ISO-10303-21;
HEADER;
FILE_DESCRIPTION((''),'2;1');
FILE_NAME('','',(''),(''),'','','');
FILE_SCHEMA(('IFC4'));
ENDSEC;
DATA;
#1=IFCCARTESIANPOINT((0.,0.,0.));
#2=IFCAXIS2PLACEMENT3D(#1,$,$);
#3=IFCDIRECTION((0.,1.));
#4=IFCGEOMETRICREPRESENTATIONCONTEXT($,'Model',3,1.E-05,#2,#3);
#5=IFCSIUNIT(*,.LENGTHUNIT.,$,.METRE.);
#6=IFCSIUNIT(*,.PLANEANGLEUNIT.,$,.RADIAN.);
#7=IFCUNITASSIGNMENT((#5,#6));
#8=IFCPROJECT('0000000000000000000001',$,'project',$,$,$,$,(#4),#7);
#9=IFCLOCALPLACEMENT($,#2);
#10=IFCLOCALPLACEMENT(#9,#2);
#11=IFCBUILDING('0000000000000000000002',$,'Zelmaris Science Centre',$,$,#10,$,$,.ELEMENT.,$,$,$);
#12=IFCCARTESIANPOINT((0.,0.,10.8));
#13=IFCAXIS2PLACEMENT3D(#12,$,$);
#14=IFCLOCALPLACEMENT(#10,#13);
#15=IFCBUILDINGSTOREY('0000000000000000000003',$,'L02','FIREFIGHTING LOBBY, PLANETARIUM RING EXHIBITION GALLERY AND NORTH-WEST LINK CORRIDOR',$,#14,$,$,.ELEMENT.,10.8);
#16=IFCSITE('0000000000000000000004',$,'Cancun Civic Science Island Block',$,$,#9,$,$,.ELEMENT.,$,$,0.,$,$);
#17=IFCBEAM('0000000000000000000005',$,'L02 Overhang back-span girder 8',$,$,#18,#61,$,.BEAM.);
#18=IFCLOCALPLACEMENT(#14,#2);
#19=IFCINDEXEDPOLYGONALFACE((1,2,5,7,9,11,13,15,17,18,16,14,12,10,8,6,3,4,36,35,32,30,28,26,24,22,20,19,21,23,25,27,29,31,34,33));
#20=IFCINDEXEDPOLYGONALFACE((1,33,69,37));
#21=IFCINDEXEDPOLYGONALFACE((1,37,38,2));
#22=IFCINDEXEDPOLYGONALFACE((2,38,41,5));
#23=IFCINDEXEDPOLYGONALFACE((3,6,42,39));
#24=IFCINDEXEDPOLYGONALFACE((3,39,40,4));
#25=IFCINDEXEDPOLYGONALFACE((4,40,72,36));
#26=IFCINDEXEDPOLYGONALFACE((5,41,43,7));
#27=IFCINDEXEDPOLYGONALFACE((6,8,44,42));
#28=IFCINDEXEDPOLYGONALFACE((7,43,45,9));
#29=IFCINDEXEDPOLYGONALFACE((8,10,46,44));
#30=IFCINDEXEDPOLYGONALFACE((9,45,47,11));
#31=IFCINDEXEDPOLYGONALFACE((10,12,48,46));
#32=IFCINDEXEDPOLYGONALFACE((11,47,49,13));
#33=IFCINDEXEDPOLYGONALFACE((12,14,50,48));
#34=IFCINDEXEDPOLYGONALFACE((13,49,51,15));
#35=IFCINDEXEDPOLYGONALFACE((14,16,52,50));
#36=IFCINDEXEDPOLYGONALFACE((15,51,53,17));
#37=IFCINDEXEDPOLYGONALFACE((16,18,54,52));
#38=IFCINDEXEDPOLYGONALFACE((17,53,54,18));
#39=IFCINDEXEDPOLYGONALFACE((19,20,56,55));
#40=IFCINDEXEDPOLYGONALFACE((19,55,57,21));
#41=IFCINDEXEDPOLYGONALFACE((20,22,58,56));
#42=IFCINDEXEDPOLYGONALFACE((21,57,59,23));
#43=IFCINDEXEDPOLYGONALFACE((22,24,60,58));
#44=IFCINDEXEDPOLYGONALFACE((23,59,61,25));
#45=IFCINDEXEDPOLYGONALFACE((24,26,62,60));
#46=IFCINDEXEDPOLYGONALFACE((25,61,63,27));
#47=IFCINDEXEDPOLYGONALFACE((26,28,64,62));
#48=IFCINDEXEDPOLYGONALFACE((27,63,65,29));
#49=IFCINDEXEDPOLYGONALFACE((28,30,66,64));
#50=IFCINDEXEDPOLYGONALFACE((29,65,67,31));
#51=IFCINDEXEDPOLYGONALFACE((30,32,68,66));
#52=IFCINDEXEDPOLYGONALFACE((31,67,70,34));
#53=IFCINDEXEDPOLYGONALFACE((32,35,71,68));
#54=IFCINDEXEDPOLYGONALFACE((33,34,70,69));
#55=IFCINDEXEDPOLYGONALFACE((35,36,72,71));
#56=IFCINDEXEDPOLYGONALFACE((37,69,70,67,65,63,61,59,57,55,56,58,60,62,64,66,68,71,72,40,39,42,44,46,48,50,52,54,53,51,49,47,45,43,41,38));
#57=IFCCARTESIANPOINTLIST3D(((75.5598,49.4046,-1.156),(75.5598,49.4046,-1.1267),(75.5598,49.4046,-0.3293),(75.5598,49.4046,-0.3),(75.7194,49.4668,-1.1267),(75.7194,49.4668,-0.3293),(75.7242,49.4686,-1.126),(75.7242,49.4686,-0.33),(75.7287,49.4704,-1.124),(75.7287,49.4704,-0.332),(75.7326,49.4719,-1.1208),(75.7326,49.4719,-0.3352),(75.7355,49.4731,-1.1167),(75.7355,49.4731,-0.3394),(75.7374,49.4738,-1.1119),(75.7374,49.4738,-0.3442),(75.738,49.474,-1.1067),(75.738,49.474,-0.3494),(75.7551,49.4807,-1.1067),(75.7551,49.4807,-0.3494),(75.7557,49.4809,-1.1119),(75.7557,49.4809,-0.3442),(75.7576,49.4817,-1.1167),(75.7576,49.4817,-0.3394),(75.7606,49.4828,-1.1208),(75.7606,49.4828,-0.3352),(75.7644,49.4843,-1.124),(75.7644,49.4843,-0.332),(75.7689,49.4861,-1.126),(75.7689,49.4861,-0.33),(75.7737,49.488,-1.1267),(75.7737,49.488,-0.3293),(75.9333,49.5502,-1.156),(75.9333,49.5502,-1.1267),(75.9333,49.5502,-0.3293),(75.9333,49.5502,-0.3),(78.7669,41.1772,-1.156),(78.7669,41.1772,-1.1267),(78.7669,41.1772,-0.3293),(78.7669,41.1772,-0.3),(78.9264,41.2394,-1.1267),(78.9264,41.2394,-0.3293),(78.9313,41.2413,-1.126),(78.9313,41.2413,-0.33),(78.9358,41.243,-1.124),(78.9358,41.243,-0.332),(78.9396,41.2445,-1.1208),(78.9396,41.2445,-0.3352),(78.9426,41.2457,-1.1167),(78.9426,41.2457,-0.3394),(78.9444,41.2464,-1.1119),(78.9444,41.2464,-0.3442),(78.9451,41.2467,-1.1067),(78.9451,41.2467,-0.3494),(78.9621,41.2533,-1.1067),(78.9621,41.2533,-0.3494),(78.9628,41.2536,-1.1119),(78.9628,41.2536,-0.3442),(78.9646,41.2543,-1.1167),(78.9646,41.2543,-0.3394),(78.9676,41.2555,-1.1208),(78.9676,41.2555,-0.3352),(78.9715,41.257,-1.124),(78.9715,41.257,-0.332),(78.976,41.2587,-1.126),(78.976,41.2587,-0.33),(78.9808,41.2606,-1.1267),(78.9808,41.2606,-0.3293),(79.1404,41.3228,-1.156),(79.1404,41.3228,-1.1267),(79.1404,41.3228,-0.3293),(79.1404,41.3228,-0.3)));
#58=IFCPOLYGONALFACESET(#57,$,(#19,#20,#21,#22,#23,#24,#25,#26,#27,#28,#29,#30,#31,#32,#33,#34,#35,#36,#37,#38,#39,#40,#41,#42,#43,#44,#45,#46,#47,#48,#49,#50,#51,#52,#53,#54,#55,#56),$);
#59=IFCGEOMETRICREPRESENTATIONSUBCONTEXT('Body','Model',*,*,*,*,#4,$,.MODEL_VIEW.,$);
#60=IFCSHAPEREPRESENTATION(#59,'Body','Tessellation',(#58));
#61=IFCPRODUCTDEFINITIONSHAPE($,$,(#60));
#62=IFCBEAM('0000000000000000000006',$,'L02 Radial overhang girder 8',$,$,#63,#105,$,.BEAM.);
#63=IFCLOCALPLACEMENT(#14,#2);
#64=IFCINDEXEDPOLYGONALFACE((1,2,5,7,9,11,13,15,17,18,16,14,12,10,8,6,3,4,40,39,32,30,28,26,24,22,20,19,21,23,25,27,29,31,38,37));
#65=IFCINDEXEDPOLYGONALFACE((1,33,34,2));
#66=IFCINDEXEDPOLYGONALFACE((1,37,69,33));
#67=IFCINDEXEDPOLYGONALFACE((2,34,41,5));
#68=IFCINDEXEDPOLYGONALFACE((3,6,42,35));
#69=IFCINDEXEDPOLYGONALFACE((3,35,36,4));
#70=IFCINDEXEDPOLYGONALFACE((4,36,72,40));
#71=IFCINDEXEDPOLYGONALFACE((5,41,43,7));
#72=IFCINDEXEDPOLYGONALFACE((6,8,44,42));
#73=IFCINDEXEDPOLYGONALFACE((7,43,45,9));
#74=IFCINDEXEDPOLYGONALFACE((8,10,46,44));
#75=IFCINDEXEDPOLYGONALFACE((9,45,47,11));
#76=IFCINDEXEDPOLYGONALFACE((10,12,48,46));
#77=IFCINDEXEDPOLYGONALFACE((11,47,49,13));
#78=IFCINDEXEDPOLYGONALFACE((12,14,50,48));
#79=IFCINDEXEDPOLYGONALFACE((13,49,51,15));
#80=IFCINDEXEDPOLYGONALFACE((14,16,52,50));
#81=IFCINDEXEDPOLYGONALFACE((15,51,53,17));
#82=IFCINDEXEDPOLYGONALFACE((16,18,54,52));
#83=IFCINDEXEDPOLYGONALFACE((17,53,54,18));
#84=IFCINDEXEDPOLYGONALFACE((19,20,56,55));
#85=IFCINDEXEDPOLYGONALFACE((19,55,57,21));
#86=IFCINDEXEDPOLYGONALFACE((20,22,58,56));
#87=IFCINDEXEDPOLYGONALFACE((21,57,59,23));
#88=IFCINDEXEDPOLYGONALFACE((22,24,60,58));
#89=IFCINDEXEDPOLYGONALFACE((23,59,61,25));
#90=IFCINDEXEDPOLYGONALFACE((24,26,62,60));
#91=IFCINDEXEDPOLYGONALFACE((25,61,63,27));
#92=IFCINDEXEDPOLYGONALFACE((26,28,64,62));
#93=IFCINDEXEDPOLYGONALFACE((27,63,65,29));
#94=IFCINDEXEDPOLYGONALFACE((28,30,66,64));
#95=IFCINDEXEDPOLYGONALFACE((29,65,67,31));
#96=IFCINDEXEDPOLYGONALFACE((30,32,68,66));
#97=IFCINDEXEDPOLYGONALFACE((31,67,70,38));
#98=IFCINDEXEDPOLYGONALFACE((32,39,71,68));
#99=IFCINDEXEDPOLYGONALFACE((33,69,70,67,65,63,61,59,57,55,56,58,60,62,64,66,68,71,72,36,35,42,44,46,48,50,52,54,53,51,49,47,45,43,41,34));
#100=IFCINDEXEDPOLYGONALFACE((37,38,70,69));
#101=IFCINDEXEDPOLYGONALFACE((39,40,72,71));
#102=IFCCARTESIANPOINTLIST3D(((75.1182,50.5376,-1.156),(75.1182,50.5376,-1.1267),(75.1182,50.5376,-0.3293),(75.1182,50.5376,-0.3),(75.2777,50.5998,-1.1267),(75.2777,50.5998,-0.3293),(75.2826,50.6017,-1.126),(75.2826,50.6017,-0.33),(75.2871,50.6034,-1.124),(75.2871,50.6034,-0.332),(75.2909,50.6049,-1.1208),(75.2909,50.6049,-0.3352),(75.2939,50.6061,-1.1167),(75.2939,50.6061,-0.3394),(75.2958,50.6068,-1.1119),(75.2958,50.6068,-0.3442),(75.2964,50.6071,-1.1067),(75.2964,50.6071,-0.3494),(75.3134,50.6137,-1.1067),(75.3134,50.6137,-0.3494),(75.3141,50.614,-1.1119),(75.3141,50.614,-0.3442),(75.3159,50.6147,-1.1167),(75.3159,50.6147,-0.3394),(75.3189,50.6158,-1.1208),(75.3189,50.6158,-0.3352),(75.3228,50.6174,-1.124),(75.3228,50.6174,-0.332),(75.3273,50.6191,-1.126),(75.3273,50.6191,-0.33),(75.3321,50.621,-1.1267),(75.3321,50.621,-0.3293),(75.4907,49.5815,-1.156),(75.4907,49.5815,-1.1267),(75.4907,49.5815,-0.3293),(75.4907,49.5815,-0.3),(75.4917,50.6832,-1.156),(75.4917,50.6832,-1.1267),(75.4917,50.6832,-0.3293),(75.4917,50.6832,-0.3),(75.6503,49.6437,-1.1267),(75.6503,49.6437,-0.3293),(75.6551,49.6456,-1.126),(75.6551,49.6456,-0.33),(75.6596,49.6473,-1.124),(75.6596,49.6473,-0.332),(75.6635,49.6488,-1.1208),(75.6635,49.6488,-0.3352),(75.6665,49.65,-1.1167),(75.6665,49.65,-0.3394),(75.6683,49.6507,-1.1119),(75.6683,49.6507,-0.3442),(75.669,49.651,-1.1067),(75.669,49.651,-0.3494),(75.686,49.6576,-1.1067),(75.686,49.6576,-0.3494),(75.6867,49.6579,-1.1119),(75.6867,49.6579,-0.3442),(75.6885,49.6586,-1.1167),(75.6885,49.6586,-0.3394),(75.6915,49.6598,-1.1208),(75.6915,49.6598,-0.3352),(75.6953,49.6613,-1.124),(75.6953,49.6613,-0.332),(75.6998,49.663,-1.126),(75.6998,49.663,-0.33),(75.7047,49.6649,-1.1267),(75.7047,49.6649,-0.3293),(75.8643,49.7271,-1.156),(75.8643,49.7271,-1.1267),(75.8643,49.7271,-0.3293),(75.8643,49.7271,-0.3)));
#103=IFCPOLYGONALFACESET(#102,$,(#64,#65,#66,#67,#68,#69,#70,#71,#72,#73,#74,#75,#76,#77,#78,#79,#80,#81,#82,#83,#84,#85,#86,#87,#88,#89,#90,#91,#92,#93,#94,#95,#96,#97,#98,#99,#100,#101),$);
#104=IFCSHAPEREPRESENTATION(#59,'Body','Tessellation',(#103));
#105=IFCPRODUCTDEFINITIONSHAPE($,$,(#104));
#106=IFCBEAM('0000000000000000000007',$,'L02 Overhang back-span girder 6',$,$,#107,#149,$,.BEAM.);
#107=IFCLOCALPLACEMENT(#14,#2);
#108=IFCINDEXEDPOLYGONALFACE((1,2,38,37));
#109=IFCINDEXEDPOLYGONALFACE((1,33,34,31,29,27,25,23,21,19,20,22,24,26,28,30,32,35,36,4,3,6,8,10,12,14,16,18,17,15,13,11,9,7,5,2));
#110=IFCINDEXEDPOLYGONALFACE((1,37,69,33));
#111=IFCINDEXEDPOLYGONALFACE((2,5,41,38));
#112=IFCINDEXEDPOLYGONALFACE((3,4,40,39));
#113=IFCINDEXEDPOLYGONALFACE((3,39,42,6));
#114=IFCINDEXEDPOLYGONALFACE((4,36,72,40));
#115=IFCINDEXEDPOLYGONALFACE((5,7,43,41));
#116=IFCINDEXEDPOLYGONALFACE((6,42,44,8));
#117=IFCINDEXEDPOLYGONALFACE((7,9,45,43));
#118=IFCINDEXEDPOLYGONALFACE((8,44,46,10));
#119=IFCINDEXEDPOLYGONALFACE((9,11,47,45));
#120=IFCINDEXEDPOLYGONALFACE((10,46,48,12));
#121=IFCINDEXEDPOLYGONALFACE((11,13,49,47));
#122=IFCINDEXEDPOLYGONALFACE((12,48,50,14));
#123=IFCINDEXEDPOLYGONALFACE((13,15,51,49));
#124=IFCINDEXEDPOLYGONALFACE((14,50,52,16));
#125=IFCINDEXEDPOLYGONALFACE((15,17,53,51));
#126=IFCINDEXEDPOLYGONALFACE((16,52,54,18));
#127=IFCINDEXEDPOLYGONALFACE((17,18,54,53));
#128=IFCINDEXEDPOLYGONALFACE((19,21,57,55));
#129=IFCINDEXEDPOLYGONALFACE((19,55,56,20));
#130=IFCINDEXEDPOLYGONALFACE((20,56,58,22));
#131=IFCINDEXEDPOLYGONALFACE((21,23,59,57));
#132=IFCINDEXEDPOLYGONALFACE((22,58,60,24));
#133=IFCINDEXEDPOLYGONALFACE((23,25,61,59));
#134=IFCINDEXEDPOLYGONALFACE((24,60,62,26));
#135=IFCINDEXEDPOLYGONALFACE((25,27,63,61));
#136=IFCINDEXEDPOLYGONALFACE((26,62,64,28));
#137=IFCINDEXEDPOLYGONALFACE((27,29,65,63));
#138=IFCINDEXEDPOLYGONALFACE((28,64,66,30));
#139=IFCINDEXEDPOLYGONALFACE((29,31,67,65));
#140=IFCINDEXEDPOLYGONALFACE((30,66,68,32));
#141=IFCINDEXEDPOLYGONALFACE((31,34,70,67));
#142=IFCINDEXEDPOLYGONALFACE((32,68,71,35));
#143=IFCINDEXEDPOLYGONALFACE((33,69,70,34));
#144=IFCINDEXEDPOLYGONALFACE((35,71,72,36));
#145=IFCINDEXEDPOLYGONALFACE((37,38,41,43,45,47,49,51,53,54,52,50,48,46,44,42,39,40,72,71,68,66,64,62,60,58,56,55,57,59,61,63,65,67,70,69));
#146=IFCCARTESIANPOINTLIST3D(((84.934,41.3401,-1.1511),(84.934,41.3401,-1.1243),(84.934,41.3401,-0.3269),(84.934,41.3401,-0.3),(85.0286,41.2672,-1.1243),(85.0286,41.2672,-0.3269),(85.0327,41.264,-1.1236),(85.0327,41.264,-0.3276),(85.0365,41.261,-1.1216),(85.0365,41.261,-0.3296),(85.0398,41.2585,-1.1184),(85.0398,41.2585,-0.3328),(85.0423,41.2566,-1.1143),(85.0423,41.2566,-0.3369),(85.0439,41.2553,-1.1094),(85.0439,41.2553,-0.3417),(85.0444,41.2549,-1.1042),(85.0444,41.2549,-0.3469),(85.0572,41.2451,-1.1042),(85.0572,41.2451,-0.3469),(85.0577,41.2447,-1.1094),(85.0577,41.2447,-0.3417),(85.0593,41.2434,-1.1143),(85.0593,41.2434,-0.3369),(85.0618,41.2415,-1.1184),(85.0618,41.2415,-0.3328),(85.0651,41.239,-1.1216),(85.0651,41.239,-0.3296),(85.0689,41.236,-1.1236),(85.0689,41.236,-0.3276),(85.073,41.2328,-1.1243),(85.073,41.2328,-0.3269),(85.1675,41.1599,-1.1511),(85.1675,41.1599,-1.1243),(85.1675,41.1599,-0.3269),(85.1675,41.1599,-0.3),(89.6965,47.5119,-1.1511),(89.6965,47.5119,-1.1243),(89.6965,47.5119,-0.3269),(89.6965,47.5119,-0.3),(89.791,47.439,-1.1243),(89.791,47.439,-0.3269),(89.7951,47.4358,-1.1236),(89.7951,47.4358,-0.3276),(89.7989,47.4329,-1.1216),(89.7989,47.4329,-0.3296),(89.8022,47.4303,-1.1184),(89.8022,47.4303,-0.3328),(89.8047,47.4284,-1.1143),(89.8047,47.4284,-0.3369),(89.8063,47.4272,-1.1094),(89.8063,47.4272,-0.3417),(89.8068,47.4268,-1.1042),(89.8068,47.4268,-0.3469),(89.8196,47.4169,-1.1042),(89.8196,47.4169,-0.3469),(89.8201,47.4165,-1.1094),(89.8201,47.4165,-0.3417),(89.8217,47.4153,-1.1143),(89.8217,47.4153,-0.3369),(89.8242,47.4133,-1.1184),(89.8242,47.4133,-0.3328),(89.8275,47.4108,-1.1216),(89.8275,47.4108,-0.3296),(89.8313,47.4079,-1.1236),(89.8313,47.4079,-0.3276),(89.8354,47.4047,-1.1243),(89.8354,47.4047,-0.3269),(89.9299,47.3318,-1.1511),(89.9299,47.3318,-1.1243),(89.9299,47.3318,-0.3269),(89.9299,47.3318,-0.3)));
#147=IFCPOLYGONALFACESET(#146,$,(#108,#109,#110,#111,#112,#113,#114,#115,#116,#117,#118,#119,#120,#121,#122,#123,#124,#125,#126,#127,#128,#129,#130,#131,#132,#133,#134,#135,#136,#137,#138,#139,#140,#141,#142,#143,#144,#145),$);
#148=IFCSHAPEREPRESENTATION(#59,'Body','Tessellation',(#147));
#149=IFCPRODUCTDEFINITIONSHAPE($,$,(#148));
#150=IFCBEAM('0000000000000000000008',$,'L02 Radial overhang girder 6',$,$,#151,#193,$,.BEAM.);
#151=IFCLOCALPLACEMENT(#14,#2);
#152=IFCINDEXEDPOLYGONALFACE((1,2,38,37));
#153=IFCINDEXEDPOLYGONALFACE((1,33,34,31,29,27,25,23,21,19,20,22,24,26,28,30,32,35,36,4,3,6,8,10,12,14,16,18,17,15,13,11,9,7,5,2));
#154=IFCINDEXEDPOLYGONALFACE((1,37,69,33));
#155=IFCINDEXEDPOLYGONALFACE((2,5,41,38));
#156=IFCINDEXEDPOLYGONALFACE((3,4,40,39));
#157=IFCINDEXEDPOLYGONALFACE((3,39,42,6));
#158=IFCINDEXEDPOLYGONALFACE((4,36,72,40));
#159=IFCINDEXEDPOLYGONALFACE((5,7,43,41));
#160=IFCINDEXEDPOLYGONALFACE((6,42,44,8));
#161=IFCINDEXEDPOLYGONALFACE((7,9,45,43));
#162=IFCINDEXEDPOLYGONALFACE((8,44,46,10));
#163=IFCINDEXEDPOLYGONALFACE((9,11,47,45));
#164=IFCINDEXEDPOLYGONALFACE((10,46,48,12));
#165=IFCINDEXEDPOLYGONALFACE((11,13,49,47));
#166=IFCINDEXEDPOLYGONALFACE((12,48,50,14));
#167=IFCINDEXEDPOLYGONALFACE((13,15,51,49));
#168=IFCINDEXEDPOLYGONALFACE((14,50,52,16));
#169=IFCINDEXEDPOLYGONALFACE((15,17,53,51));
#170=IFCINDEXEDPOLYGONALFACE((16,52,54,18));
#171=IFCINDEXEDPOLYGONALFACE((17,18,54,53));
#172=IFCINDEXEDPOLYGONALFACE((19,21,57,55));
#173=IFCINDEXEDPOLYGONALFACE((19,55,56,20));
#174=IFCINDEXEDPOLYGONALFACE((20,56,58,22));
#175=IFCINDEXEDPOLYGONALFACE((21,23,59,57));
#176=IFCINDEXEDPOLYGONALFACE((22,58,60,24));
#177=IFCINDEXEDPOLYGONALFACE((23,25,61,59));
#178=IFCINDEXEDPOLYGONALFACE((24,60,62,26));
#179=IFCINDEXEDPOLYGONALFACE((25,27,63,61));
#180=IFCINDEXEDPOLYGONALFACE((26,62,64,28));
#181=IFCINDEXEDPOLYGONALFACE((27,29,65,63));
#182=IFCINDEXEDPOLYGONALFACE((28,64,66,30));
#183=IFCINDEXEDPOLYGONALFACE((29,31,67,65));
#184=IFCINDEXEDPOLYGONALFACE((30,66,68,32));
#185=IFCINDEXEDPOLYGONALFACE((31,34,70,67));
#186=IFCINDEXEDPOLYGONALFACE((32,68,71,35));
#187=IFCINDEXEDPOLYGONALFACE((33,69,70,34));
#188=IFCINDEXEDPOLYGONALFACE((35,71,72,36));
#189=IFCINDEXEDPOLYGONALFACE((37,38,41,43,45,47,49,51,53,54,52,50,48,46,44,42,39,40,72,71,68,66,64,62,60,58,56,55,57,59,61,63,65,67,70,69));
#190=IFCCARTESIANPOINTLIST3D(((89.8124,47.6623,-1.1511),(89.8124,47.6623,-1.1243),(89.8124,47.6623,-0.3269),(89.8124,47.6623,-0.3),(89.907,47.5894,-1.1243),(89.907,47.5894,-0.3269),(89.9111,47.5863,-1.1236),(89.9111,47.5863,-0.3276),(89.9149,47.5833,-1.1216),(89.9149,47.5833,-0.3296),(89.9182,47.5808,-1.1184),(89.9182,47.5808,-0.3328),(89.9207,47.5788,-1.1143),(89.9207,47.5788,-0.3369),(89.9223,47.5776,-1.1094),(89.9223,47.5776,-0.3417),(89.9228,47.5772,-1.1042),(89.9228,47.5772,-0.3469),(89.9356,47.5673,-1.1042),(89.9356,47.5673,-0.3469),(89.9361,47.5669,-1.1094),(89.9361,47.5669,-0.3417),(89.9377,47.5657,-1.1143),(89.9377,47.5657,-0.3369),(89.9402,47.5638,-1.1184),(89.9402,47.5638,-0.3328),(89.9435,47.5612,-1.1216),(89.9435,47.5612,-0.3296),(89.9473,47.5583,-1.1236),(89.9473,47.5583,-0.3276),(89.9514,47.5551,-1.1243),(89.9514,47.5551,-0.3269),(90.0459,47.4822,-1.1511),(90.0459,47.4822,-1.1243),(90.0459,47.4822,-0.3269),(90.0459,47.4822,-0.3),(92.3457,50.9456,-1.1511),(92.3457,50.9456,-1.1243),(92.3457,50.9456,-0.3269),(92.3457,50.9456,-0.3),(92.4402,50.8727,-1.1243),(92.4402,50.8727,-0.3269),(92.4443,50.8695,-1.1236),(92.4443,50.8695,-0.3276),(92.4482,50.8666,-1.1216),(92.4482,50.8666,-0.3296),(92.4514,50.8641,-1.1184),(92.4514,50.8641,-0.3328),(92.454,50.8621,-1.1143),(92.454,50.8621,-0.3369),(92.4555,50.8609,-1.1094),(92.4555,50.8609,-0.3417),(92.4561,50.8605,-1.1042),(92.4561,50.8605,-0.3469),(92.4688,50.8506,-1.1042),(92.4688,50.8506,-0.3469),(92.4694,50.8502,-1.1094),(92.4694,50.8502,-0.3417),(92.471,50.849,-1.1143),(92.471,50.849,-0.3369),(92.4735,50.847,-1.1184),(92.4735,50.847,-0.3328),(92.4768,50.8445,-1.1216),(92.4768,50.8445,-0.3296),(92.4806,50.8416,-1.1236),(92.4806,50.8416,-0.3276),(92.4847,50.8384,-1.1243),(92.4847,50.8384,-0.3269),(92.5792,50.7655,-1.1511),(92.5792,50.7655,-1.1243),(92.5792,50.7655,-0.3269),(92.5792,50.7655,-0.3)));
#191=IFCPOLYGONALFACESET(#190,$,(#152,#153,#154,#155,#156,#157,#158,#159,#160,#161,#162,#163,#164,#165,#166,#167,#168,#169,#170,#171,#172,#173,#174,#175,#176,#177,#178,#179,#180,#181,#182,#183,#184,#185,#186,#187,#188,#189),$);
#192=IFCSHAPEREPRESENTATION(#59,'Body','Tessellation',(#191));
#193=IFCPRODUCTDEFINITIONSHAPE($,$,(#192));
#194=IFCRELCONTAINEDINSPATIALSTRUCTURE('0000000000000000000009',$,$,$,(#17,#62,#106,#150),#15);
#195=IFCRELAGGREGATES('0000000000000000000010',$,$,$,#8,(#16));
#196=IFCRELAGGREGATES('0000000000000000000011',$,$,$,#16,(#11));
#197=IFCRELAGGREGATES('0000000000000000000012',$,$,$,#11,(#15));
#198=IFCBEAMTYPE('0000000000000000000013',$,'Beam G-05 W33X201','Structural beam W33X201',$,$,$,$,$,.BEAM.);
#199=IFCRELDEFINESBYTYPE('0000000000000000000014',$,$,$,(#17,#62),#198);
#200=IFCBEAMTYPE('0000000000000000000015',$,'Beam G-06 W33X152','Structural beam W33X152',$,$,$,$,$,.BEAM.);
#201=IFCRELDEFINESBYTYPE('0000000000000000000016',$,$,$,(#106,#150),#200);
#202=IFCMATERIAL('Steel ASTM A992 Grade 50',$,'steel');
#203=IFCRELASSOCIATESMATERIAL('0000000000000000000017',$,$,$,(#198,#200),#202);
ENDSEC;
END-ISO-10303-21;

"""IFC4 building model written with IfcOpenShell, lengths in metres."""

from ifc_helpers import new_model, si_unit, direction, frame, origin, origin_2d, place, context, subcontext, project, spatial, i_section, extrude, material, material_profile, profile_set, type_object, element, save


model = new_model("IFC4")

# Units and contexts
model_context = context("Model", 3, precision=1e-05, world=origin(), true_north=direction((0.0, 1.0)))
body_context = subcontext(model_context, "Body", "Model", "MODEL_VIEW")
ifc_project = project(units=[si_unit("LENGTHUNIT", "METRE"), si_unit("PLANEANGLEUNIT", "RADIAN")], contexts=[model_context])

# Site, building, storey
site_placement = place(None, origin())
site = spatial("IfcSite", under=ifc_project, at=site_placement, Name="Cancun Civic Science Island Block", CompositionType="ELEMENT", RefElevation=0.0)
building_placement = place(site_placement, origin())
building = spatial("IfcBuilding", under=site, at=building_placement, Name="Zelmaris Science Centre", CompositionType="ELEMENT")
storey_placement = place(building_placement, frame((0.0, 0.0, 10.8)))
storey = spatial("IfcBuildingStorey", under=building, at=storey_placement, Name="L02", Description="FIREFIGHTING LOBBY, PLANETARIUM RING EXHIBITION GALLERY AND NORTH-WEST LINK CORRIDOR", CompositionType="ELEMENT", Elevation=10.8)

# Shared definitions
ifc_material_1 = material(Name="Steel ASTM A992 Grade 50", Category="steel")

# Beams
ifc_material_profile_1 = material_profile(ifc_material_1, i_section(OverallWidth=0.4009, OverallDepth=0.856, WebThickness=0.0183, FlangeThickness=0.0293, FilletRadius=0.02, at=origin_2d()), Name="W33X201")
ifc_profile_set_1 = profile_set([ifc_material_profile_1], Name="Steel ASTM A992 Grade 50")
beam_type_1 = type_object("IfcBeamType", Name="Beam G-05 W33X201", Description="Structural beam W33X201", PredefinedType="BEAM", material=ifc_profile_set_1)
beam_1_placement = place(storey_placement, frame((78.9536, 41.25, -0.728), z_axis=(-0.363187, 0.931716, 0.0), x_axis=(-0.931716, -0.363187, 0.0)))
element("IfcBeam", 1, at=beam_1_placement, inside=storey, type_object=beam_type_1, Name="L02 Overhang back-span girder 8", PredefinedType="BEAM", context=body_context, shape_type="SweptSolid", body=[
    extrude(i_section(OverallWidth=0.4009, OverallDepth=0.856, WebThickness=0.0183, FlangeThickness=0.0293, FilletRadius=0.02, at=origin_2d()), origin(), (0.0, 0.0, 1.0), 8.8303),
])
beam_2_placement = place(storey_placement, frame((75.6775, 49.6543, -0.728), z_axis=(-0.363089, 0.931754, 0.0), x_axis=(-0.931754, -0.363089, 0.0)))
element("IfcBeam", 2, at=beam_2_placement, inside=storey, type_object=beam_type_1, Name="L02 Radial overhang girder 8", PredefinedType="BEAM", context=body_context, shape_type="SweptSolid", body=[
    extrude(i_section(OverallWidth=0.4009, OverallDepth=0.856, WebThickness=0.0183, FlangeThickness=0.0293, FilletRadius=0.02, at=origin_2d()), origin(), (0.0, 0.0, 1.0), 1.0261),
])
ifc_material_profile_2 = material_profile(ifc_material_1, i_section(OverallWidth=0.2949, OverallDepth=0.8511, WebThickness=0.0161, FlangeThickness=0.0269, FilletRadius=0.02, at=origin_2d()), Name="W33X152")
ifc_profile_set_2 = profile_set([ifc_material_profile_2], Name="Steel ASTM A992 Grade 50")
beam_type_2 = type_object("IfcBeamType", Name="Beam G-06 W33X152", Description="Structural beam W33X152", PredefinedType="BEAM", material=ifc_profile_set_2)
beam_3_placement = place(storey_placement, frame((85.0508, 41.25, -0.7256), z_axis=(0.610907, 0.791702, 0.0), x_axis=(-0.791702, 0.610907, 0.0)))
element("IfcBeam", 3, at=beam_3_placement, inside=storey, type_object=beam_type_2, Name="L02 Overhang back-span girder 6", PredefinedType="BEAM", context=body_context, shape_type="SweptSolid", body=[
    extrude(i_section(OverallWidth=0.2949, OverallDepth=0.8511, WebThickness=0.0161, FlangeThickness=0.0269, FilletRadius=0.02, at=origin_2d()), origin(), (0.0, 0.0, 1.0), 7.7957),
])
beam_4_placement = place(storey_placement, frame((89.9292, 47.5723, -0.7256), z_axis=(0.610871, 0.79173, 0.0), x_axis=(-0.79173, 0.610871, 0.0)))
element("IfcBeam", 4, at=beam_4_placement, inside=storey, type_object=beam_type_2, Name="L02 Radial overhang girder 6", PredefinedType="BEAM", context=body_context, shape_type="SweptSolid", body=[
    extrude(i_section(OverallWidth=0.2949, OverallDepth=0.8511, WebThickness=0.0161, FlangeThickness=0.0269, FilletRadius=0.02, at=origin_2d()), origin(), (0.0, 0.0, 1.0), 4.147),
])

save(model, "model.ifc")
